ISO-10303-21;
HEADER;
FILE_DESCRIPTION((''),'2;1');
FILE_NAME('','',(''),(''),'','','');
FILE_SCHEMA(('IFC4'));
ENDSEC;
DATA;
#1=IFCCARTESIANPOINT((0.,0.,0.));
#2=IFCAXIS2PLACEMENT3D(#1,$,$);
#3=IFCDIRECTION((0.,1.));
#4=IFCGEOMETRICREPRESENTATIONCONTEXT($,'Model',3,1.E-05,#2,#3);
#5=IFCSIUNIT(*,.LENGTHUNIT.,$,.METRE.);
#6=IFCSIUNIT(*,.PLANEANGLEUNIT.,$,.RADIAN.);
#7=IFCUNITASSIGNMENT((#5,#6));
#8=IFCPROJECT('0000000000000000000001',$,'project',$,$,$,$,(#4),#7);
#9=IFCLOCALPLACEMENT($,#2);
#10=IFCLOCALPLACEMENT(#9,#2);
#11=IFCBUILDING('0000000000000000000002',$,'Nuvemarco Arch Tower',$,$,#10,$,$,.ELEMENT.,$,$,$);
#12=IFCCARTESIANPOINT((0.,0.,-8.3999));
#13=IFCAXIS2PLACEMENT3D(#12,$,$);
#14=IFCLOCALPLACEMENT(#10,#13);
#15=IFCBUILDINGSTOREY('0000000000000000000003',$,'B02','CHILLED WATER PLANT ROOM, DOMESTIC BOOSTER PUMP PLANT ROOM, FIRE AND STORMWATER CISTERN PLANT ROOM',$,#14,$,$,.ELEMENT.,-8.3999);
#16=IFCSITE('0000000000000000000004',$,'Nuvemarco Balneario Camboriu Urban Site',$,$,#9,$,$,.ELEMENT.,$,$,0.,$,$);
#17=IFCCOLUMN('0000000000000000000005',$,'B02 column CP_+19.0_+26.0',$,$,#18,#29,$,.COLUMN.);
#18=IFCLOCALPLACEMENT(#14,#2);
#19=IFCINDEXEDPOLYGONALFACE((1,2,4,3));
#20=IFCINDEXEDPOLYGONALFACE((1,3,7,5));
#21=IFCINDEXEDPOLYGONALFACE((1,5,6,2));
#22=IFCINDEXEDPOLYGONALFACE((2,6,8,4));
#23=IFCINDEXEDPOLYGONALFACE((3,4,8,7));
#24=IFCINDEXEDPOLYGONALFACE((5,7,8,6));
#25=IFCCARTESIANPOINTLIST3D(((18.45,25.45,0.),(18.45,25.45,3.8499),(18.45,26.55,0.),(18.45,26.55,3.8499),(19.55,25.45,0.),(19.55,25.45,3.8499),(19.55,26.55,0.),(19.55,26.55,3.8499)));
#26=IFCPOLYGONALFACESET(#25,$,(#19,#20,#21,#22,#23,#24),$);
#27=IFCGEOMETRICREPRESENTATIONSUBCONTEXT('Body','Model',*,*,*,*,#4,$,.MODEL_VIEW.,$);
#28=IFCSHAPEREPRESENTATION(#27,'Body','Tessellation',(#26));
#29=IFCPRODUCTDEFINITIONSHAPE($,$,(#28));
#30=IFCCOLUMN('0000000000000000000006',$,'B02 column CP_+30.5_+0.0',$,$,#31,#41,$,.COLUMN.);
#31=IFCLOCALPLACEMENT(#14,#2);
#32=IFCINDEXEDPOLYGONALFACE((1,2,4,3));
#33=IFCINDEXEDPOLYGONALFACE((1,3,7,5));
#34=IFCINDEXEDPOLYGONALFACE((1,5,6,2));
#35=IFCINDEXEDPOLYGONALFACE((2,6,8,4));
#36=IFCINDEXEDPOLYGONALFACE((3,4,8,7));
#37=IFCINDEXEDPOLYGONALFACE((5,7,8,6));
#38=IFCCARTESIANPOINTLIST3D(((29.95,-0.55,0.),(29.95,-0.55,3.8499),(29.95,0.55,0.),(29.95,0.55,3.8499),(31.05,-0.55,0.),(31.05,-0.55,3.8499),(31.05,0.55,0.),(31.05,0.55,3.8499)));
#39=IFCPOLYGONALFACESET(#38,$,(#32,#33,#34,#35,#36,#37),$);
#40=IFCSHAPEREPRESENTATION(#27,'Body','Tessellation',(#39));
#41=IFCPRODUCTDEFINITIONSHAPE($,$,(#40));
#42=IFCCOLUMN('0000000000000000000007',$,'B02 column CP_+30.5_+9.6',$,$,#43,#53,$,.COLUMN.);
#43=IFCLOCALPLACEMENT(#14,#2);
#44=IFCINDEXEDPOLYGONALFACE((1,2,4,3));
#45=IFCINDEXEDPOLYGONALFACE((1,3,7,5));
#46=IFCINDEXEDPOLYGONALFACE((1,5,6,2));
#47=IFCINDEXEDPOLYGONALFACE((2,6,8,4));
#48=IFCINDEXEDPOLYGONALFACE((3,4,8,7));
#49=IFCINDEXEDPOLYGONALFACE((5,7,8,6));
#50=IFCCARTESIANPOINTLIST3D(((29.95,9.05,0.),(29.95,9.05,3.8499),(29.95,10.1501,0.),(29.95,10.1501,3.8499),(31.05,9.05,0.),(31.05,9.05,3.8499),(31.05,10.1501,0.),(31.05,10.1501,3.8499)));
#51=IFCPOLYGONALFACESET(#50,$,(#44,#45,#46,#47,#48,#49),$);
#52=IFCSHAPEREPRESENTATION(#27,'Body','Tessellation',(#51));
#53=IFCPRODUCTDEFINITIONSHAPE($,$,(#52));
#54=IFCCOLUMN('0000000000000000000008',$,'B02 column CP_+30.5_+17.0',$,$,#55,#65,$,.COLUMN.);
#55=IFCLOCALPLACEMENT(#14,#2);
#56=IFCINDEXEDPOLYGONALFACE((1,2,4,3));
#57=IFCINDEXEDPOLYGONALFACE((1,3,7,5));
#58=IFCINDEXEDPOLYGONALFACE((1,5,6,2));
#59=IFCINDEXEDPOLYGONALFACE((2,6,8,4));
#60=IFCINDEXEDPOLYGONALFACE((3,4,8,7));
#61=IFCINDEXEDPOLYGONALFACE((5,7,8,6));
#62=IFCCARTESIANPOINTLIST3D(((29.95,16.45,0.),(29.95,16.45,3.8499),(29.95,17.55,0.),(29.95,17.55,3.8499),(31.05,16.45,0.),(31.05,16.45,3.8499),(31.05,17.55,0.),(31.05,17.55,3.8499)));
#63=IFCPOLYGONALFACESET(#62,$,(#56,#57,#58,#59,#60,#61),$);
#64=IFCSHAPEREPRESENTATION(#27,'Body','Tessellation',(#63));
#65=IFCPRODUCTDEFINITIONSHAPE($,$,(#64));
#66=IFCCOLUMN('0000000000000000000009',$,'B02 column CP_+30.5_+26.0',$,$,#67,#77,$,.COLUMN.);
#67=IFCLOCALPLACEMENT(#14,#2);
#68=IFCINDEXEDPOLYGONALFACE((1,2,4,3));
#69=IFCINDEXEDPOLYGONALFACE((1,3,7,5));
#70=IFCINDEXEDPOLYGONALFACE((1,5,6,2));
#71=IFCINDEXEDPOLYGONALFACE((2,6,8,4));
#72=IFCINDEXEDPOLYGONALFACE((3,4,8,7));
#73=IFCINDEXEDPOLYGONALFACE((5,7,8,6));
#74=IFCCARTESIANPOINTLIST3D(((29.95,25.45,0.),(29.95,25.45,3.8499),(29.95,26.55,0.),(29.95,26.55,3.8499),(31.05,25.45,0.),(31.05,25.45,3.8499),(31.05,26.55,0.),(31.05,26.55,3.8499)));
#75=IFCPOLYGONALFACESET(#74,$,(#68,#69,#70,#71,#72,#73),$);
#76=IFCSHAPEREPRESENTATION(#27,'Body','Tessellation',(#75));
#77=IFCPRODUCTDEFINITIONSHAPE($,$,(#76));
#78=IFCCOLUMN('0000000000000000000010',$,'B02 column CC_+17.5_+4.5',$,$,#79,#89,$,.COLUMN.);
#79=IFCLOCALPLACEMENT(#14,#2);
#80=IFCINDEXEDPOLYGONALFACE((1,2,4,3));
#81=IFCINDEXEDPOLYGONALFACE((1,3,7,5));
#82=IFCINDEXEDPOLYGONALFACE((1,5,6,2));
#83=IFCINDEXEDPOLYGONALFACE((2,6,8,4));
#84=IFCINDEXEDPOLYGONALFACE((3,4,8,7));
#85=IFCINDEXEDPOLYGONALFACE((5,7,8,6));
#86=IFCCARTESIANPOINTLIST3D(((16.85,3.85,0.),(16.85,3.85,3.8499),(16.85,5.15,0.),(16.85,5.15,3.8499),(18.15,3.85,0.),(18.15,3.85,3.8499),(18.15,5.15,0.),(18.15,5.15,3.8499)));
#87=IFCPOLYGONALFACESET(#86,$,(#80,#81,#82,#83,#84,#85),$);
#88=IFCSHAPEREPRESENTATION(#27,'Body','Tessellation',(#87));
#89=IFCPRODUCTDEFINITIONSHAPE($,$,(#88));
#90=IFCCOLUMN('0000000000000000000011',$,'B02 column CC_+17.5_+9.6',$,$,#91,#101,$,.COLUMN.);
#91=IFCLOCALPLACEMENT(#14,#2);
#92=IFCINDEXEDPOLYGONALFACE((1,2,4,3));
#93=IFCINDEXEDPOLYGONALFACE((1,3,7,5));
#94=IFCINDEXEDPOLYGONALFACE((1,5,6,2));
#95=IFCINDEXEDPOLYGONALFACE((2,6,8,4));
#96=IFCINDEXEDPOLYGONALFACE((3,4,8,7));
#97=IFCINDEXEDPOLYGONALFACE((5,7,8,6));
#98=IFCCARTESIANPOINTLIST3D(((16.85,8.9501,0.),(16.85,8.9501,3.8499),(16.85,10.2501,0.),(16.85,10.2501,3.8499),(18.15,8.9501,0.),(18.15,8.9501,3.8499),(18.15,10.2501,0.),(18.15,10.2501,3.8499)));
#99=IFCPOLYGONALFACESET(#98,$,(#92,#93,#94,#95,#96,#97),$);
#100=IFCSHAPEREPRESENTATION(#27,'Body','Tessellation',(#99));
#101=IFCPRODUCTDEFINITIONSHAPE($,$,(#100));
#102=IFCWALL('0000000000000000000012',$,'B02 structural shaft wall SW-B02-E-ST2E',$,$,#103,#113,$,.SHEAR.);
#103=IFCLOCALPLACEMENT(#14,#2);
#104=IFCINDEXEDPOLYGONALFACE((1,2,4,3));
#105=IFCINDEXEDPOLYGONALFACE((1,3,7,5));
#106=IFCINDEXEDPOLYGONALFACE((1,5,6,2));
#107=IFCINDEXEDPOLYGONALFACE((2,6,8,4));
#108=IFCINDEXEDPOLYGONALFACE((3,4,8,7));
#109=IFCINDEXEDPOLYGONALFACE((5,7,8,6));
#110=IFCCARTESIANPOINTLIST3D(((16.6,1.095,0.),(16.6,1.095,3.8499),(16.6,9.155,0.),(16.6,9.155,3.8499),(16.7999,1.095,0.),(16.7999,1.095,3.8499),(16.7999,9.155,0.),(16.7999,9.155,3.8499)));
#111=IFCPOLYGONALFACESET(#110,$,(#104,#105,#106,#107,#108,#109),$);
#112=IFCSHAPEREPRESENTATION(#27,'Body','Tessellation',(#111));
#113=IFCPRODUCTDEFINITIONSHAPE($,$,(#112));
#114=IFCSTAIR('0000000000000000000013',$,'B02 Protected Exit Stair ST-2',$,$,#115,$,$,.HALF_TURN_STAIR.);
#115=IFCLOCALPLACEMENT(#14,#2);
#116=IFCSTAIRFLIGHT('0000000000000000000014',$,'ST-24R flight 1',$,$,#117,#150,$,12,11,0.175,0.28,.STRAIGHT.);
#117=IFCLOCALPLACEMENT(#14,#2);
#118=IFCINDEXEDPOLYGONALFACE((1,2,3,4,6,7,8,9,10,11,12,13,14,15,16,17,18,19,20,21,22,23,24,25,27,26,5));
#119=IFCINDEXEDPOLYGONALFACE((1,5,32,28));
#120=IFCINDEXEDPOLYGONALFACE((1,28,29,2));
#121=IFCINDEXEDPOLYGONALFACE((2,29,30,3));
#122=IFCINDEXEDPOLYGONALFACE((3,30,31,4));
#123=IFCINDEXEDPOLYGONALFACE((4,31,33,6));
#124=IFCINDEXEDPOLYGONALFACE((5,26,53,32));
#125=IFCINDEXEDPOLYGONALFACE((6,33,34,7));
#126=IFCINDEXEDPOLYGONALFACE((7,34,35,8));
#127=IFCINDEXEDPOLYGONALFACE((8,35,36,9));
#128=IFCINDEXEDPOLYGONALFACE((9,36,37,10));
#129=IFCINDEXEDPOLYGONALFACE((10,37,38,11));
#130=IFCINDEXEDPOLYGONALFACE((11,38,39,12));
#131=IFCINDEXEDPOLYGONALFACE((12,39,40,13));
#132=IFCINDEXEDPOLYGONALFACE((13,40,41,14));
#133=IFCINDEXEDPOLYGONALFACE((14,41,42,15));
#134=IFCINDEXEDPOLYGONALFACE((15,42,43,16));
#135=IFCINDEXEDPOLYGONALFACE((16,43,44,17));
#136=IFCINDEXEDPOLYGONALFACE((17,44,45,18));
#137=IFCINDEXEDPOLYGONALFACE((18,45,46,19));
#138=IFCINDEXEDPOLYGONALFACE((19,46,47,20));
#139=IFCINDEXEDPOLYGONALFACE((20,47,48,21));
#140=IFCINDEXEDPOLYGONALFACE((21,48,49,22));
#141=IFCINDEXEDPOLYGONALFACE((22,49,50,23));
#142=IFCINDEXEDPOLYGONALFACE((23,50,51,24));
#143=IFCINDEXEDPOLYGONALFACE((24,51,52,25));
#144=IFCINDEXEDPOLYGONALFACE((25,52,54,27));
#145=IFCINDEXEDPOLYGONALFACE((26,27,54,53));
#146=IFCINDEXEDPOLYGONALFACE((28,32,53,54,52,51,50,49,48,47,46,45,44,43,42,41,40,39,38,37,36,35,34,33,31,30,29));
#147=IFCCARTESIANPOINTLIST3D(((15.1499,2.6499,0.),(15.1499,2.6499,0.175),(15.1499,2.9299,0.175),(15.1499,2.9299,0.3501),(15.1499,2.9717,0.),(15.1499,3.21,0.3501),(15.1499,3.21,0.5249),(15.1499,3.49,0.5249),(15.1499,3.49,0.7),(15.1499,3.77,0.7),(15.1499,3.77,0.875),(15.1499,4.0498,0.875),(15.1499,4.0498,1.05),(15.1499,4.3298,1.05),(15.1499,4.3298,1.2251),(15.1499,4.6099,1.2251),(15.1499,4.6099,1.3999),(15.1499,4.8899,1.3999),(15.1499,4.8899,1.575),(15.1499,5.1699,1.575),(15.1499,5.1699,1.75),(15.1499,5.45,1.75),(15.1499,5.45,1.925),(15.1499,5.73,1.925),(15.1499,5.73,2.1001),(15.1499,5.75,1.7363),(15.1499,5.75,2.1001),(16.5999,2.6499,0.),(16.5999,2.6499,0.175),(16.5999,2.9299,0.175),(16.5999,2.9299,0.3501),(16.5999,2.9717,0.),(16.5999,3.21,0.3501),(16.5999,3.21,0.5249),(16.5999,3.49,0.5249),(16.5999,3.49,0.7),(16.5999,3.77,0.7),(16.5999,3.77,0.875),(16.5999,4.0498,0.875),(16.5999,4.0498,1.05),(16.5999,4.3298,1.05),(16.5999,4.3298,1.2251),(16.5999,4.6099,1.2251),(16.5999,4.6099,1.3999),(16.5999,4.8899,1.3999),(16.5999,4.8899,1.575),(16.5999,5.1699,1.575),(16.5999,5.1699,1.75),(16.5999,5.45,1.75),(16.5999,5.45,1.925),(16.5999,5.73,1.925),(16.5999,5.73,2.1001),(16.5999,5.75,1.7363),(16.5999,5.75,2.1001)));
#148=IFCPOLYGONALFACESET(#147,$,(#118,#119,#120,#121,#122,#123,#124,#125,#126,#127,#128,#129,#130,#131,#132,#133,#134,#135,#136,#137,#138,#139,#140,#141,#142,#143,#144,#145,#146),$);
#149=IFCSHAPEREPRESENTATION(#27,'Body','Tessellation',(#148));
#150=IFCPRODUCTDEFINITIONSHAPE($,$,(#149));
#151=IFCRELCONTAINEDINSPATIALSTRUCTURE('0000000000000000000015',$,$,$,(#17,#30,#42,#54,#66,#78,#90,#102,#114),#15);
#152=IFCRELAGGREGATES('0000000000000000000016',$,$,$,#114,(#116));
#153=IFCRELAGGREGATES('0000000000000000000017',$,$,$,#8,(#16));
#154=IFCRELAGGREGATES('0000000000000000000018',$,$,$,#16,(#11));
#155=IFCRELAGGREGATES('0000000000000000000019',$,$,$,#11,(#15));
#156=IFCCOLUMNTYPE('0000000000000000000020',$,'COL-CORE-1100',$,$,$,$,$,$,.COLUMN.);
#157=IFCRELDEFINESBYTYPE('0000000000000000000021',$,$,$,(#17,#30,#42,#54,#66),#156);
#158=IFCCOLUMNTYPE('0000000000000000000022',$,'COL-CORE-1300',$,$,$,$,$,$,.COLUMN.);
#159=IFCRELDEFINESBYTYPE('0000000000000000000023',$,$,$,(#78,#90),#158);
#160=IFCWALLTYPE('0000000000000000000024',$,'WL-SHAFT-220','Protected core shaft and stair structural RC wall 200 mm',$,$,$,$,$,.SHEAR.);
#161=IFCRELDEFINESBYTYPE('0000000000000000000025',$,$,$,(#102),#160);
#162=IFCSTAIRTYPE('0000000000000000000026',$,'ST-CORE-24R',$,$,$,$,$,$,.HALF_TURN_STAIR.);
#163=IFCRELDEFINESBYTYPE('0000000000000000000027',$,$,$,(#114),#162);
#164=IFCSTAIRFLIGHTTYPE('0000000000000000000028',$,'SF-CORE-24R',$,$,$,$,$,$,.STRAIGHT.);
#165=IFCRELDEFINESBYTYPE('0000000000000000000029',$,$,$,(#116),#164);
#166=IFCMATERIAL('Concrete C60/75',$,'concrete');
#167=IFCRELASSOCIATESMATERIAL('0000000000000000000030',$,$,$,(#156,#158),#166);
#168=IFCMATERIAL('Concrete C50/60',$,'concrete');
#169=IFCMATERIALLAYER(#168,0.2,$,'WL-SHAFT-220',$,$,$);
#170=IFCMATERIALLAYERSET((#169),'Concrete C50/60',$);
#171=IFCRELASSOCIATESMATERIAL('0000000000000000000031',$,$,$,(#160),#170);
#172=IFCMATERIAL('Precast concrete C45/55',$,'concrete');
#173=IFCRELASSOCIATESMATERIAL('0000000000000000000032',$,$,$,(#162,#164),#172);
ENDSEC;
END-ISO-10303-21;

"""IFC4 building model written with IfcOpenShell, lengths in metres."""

from ifc_helpers import new_model, si_unit, direction, frame, frame_2d, origin, origin_2d, place, context, subcontext, project, spatial, polyline, rectangle, outline, extrude, material, layer, layer_set, material_profile, profile_set, type_object, element, aggregate, save


model = new_model("IFC4")

# Units and contexts
model_context = context("Model", 3, precision=1e-05, world=origin(), true_north=direction((0.0, 1.0)))
body_context = subcontext(model_context, "Body", "Model", "MODEL_VIEW")
ifc_project = project(units=[si_unit("LENGTHUNIT", "METRE"), si_unit("PLANEANGLEUNIT", "RADIAN")], contexts=[model_context])

# Site, building, storey
site_placement = place(None, origin())
site = spatial("IfcSite", under=ifc_project, at=site_placement, Name="Nuvemarco Balneario Camboriu Urban Site", CompositionType="ELEMENT", RefElevation=0.0)
building_placement = place(site_placement, origin())
building = spatial("IfcBuilding", under=site, at=building_placement, Name="Nuvemarco Arch Tower", CompositionType="ELEMENT")
storey_placement = place(building_placement, frame((0.0, 0.0, -8.3999)))
storey = spatial("IfcBuildingStorey", under=building, at=storey_placement, Name="B02", Description="CHILLED WATER PLANT ROOM, DOMESTIC BOOSTER PUMP PLANT ROOM, FIRE AND STORMWATER CISTERN PLANT ROOM", CompositionType="ELEMENT", Elevation=-8.3999)

# Shared definitions
ifc_material_1 = material(Name="Concrete C50/60", Category="concrete")

# Columns
ifc_material_2 = material(Name="Concrete C60/75", Category="concrete")
ifc_material_profile_1 = material_profile(ifc_material_2, rectangle(XDim=1.1001, YDim=1.1001, at=origin_2d()), Name="RC-COL-1100x1100")
ifc_profile_set_1 = profile_set([ifc_material_profile_1], Name="Concrete C60/75")
column_type_1 = type_object("IfcColumnType", Name="COL-CORE-1100", PredefinedType="COLUMN", material=ifc_profile_set_1)
for number, where, z_axis, x_axis, name in (
    (1, (19.0, 26.0, 0.0), (0.0, 0.0, 1.0), (1.0, 0.0, 0.0), "B02 column CP_+19.0_+26.0"),
    (2, (30.5, 0.0, 0.0), (0.0, 0.0, 1.0), (1.0, 0.0, 0.0), "B02 column CP_+30.5_+0.0"),
    (3, (30.5, 9.6001, 0.0), (0.0, 0.0, 1.0), (1.0, 0.0, 0.0), "B02 column CP_+30.5_+9.6"),
    (4, (30.5, 17.0, 0.0), (0.0, 0.0, 1.0), (1.0, 0.0, 0.0), "B02 column CP_+30.5_+17.0"),
    (5, (30.5, 26.0, 0.0), (0.0, 0.0, 1.0), (1.0, 0.0, 0.0), "B02 column CP_+30.5_+26.0"),
):
    element("IfcColumn", number, at=place(storey_placement, frame(where, z_axis=z_axis, x_axis=x_axis)), inside=storey, type_object=column_type_1, Name=name, PredefinedType="COLUMN", context=body_context, shape_type="SweptSolid", body=[
        extrude(rectangle(XDim=1.1001, YDim=1.1001, at=origin_2d()), origin(), (0.0, 0.0, 1.0), 3.8499),
    ])
ifc_material_profile_2 = material_profile(ifc_material_2, rectangle(XDim=1.3, YDim=1.3, at=origin_2d()), Name="RC-COL-1300x1300")
ifc_profile_set_2 = profile_set([ifc_material_profile_2], Name="Concrete C60/75")
column_type_2 = type_object("IfcColumnType", Name="COL-CORE-1300", PredefinedType="COLUMN", material=ifc_profile_set_2)
for number, where, z_axis, x_axis, name in (
    (6, (17.5, 4.5, 0.0), (0.0, 0.0, 1.0), (1.0, 0.0, 0.0), "B02 column CC_+17.5_+4.5"),
    (7, (17.5, 9.6001, 0.0), (0.0, 0.0, 1.0), (1.0, 0.0, 0.0), "B02 column CC_+17.5_+9.6"),
):
    element("IfcColumn", number, at=place(storey_placement, frame(where, z_axis=z_axis, x_axis=x_axis)), inside=storey, type_object=column_type_2, Name=name, PredefinedType="COLUMN", context=body_context, shape_type="SweptSolid", body=[
        extrude(rectangle(XDim=1.3, YDim=1.3, at=origin_2d()), origin(), (0.0, 0.0, 1.0), 3.8499),
    ])

# Wall
ifc_layer = layer(ifc_material_1, 0.2, Name="WL-SHAFT-220")
ifc_layer_set = layer_set([ifc_layer], Name="Concrete C50/60")
wall_type = type_object("IfcWallType", Name="WL-SHAFT-220", Description="Protected core shaft and stair structural RC wall 200 mm", PredefinedType="SHEAR", material=ifc_layer_set)
wall_placement = place(storey_placement, frame((16.7, 1.095, 0.0), z_axis=(0.0, 0.0, 1.0), x_axis=(0.0, 1.0, 0.0)))
element("IfcWall", 8, at=wall_placement, inside=storey, type_object=wall_type, Name="B02 structural shaft wall SW-B02-E-ST2E", PredefinedType="SHEAR", context=body_context, shape_type="SweptSolid", body=[
    extrude(rectangle(XDim=8.0601, YDim=0.2, at=frame_2d((4.03, 0.0))), origin(), (0.0, 0.0, 1.0), 3.8499),
])

# Stair, stair flight
ifc_material_3 = material(Name="Precast concrete C45/55", Category="concrete")
stair_type = type_object("IfcStairType", Name="ST-CORE-24R", PredefinedType="HALF_TURN_STAIR", material=ifc_material_3)
stair_placement = place(storey_placement, origin())
stair = element("IfcStair", 9, at=stair_placement, inside=storey, type_object=stair_type, Name="B02 Protected Exit Stair ST-2", PredefinedType="HALF_TURN_STAIR")
stair_flight_type = type_object("IfcStairFlightType", Name="SF-CORE-24R", PredefinedType="STRAIGHT", material=ifc_material_3)
stair_flight_placement = place(storey_placement, frame((15.875, 2.6499, 0.0), z_axis=(0.0, 0.0, 1.0), x_axis=(0.0, 1.0, 0.0)))
stair_flight = element("IfcStairFlight", 10, at=stair_flight_placement, type_object=stair_flight_type, Name="ST-24R flight 1", NumberOfRisers=12, NumberOfTreads=11, PredefinedType="STRAIGHT", RiserHeight=0.175, TreadLength=0.28, context=body_context, shape_type="SweptSolid", body=[
    extrude(outline(polyline([(0.0, 0.0), (0.0, 0.175), (0.28, 0.175), (0.28, 0.3501), (0.5601, 0.3501), (0.5601, 0.5249), (0.8401, 0.5249), (0.8401, 0.7), (1.1201, 0.7), (1.1201, 0.875), (1.3999, 0.875), (1.3999, 1.05), (1.6799, 1.05), (1.6799, 1.2251), (1.96, 1.2251), (1.96, 1.3999), (2.24, 1.3999), (2.24, 1.575), (2.52, 1.575), (2.52, 1.75), (2.8, 1.75), (2.8, 1.925), (3.0801, 1.925), (3.0801, 2.1001), (3.1001, 2.1001), (3.1001, 1.7363), (0.3218, 0.0), (0.0, 0.0)])), frame((0.0, 0.7251, 0.0), z_axis=(0.0, -1.0, 0.0), x_axis=(1.0, 0.0, 0.0)), (0.0, 0.0, 1.0), 1.45),
])
aggregate(stair, [stair_flight])

save(model, "model.ifc")
